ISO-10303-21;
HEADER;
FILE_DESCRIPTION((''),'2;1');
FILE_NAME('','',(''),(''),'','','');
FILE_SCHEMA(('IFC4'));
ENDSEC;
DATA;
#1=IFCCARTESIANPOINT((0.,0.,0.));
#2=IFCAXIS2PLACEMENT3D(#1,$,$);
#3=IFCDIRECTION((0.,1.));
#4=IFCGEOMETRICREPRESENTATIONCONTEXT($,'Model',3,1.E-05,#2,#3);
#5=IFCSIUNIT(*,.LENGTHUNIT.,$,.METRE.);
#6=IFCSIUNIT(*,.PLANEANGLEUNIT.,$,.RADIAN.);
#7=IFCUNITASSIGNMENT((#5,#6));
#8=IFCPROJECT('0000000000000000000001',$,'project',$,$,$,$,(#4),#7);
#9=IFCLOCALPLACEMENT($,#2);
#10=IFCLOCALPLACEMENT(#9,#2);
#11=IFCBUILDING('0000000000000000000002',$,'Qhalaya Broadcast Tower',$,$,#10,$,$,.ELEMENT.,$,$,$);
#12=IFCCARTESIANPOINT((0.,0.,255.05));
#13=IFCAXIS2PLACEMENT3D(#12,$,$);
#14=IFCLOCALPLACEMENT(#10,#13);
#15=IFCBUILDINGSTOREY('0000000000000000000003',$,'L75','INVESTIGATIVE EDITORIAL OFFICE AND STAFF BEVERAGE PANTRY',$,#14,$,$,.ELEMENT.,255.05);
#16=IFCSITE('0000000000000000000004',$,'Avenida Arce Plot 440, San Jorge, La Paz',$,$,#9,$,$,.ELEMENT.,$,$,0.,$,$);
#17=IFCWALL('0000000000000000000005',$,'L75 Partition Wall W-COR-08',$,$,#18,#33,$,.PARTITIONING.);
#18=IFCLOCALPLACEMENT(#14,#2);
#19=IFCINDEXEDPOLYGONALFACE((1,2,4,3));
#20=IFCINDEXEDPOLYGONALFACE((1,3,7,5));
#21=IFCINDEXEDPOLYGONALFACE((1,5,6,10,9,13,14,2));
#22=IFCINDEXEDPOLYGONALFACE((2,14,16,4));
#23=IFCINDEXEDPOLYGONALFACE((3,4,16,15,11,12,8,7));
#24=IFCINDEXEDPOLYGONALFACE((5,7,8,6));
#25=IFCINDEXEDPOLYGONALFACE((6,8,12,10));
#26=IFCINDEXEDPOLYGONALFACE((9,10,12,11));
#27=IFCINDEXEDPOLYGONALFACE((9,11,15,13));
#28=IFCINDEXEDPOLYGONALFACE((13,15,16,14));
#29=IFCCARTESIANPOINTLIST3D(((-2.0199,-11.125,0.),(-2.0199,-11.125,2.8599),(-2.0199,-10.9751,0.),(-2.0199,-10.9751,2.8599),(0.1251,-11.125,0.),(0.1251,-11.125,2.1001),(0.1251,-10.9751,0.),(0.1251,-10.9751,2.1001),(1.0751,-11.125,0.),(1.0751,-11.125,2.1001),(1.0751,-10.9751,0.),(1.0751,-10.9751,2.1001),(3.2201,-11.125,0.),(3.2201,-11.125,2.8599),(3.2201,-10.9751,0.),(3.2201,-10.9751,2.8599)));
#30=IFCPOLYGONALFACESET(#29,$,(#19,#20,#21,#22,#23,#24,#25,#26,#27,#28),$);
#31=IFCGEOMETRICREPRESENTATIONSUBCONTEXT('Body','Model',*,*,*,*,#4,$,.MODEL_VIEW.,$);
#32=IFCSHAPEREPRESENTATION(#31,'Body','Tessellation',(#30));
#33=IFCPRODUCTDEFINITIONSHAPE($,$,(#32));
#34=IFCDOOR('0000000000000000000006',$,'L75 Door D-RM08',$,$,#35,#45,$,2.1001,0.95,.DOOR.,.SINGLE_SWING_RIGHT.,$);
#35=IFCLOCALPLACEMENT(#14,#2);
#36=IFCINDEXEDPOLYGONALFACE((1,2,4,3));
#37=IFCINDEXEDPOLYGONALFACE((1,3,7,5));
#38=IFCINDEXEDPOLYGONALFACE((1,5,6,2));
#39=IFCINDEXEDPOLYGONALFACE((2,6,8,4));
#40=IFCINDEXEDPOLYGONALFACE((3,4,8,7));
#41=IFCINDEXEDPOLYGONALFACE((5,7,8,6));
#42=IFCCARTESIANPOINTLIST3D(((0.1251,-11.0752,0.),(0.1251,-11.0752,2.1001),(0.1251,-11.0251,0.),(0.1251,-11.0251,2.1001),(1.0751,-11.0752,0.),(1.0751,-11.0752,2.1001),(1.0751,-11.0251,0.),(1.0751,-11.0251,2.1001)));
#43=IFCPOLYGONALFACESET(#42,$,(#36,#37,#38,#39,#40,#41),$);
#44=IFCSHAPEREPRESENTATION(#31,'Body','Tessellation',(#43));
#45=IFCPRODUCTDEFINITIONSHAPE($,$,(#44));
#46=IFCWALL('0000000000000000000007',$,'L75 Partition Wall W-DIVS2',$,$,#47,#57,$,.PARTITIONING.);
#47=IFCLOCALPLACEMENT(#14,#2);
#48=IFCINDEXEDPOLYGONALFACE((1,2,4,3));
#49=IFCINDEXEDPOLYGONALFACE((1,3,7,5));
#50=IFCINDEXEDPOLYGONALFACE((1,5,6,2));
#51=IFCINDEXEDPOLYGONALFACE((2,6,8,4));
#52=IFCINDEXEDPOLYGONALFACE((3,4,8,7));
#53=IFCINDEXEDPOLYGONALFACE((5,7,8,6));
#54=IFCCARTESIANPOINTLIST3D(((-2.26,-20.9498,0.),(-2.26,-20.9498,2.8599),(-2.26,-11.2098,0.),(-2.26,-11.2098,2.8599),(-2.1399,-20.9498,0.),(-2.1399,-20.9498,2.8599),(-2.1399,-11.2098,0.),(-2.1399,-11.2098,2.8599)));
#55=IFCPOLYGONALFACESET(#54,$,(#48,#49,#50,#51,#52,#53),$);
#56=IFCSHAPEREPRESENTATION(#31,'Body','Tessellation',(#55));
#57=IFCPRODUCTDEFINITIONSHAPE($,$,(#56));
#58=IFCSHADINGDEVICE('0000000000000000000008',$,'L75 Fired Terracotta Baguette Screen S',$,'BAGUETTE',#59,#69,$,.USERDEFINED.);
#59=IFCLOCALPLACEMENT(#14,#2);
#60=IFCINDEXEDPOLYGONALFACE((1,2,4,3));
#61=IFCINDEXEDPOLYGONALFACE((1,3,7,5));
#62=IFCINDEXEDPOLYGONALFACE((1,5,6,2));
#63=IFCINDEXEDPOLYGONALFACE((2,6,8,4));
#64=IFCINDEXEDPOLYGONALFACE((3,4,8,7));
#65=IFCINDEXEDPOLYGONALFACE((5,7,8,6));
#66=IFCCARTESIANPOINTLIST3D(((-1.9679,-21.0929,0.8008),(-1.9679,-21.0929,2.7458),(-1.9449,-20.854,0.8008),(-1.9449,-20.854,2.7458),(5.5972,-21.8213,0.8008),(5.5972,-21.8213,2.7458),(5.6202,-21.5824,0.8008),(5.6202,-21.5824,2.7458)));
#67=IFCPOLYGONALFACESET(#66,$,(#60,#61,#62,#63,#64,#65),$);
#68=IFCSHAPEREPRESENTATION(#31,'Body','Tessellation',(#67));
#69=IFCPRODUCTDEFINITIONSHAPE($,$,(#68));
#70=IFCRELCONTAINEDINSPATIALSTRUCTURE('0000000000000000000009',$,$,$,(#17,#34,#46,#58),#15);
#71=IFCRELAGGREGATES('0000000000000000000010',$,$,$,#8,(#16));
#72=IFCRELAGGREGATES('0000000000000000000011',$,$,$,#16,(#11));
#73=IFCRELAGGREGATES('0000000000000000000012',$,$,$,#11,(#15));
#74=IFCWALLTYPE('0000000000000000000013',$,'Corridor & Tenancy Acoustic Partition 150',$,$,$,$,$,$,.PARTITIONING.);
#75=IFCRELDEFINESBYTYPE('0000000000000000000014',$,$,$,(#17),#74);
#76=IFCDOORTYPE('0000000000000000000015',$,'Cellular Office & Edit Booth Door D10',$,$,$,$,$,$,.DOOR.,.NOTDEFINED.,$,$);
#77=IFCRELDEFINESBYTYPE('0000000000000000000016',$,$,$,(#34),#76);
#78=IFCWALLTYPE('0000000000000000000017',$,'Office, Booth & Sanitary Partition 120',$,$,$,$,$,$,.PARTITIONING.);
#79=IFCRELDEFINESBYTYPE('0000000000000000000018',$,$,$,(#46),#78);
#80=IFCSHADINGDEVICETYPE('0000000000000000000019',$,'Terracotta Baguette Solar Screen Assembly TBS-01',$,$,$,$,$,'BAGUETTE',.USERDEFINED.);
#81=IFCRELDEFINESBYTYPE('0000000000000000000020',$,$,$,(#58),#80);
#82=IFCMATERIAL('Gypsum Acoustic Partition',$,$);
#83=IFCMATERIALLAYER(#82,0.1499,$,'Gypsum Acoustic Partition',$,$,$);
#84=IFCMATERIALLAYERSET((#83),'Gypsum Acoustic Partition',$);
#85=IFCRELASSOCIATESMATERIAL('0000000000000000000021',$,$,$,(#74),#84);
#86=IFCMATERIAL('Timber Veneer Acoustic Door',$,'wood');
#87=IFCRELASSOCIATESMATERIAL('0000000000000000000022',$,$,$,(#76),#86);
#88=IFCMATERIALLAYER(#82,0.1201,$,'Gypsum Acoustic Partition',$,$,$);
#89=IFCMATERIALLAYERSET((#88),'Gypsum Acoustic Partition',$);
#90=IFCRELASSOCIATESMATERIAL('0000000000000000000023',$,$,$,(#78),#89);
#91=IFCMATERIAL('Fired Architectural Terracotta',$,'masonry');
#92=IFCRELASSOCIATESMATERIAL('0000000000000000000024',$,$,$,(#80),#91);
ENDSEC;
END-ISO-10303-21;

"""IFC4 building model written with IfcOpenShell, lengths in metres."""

from ifc_helpers import new_model, si_unit, direction, frame, frame_2d, origin, origin_2d, place, context, subcontext, project, spatial, rectangle, extrude, material, layer, layer_set, type_object, element, fill, save


model = new_model("IFC4")

# Units and contexts
model_context = context("Model", 3, precision=1e-05, world=origin(), true_north=direction((0.0, 1.0)))
body_context = subcontext(model_context, "Body", "Model", "MODEL_VIEW")
ifc_project = project(units=[si_unit("LENGTHUNIT", "METRE"), si_unit("PLANEANGLEUNIT", "RADIAN")], contexts=[model_context])

# Site, building, storey
site_placement = place(None, origin())
site = spatial("IfcSite", under=ifc_project, at=site_placement, Name="Avenida Arce Plot 440, San Jorge, La Paz", CompositionType="ELEMENT", RefElevation=0.0)
building_placement = place(site_placement, origin())
building = spatial("IfcBuilding", under=site, at=building_placement, Name="Qhalaya Broadcast Tower", CompositionType="ELEMENT")
storey_placement = place(building_placement, frame((0.0, 0.0, 255.05)))
storey = spatial("IfcBuildingStorey", under=building, at=storey_placement, Name="L75", Description="INVESTIGATIVE EDITORIAL OFFICE AND STAFF BEVERAGE PANTRY", CompositionType="ELEMENT", Elevation=255.05)

# Shared definitions
ifc_material_1 = material(Name="Fired Architectural Terracotta", Category="masonry")

# Wall, opening, door
ifc_material_2 = material(Name="Gypsum Acoustic Partition")
ifc_layer_1 = layer(ifc_material_2, 0.1499, Name="Gypsum Acoustic Partition")
ifc_layer_set_1 = layer_set([ifc_layer_1], Name="Gypsum Acoustic Partition")
wall_type_1 = type_object("IfcWallType", Name="Corridor & Tenancy Acoustic Partition 150", PredefinedType="PARTITIONING", material=ifc_layer_set_1)
wall_1_placement = place(storey_placement, frame((-2.02, -11.05, 0.0), z_axis=(0.0, 0.0, 1.0), x_axis=(1.0, 0.0, 0.0)))
wall_1 = element("IfcWall", 1, at=wall_1_placement, inside=storey, type_object=wall_type_1, Name="L75 Partition Wall W-COR-08", PredefinedType="PARTITIONING", context=body_context, shape_type="SweptSolid", body=[
    extrude(rectangle(XDim=5.24, YDim=0.1499, at=frame_2d((2.6201, 0.0))), origin(), (0.0, 0.0, 1.0), 2.8599),
])
opening_placement = place(wall_1_placement, frame((2.145, 0.0, 0.0)))
opening = element("IfcOpeningElement", 2, at=opening_placement, cuts=wall_1, PredefinedType="OPENING", context=body_context, shape_type="SweptSolid", body=[
    extrude(rectangle(XDim=0.95, YDim=2.1001, at=frame_2d((0.4751, 1.05))), frame((0.0, 0.0869, 0.0), z_axis=(0.0, -1.0, 0.0), x_axis=(1.0, 0.0, 0.0)), (0.0, 0.0, 1.0), 0.1738),
])
ifc_material_3 = material(Name="Timber Veneer Acoustic Door", Category="wood")
door_type = type_object("IfcDoorType", Name="Cellular Office & Edit Booth Door D10", OperationType="NOTDEFINED", PredefinedType="DOOR", material=ifc_material_3)
door_placement = place(opening_placement, origin())
door = element("IfcDoor", 3, at=door_placement, inside=storey, type_object=door_type, Name="L75 Door D-RM08", OperationType="SINGLE_SWING_RIGHT", OverallHeight=2.1001, OverallWidth=0.95, PredefinedType="DOOR", context=body_context, shape_type="SweptSolid", body=[
    extrude(rectangle(XDim=0.95, YDim=2.1001, at=frame_2d((0.4751, 1.05))), frame((0.0, 0.0249, 0.0), z_axis=(0.0, -1.0, 0.0), x_axis=(1.0, 0.0, 0.0)), (0.0, 0.0, 1.0), 0.05),
])
fill(opening, door)

# Wall
ifc_layer_2 = layer(ifc_material_2, 0.1201, Name="Gypsum Acoustic Partition")
ifc_layer_set_2 = layer_set([ifc_layer_2], Name="Gypsum Acoustic Partition")
wall_type_2 = type_object("IfcWallType", Name="Office, Booth & Sanitary Partition 120", PredefinedType="PARTITIONING", material=ifc_layer_set_2)
wall_2_placement = place(storey_placement, frame((-2.2, -20.95, 0.0), z_axis=(0.0, 0.0, 1.0), x_axis=(0.0, 1.0, 0.0)))
element("IfcWall", 4, at=wall_2_placement, inside=storey, type_object=wall_type_2, Name="L75 Partition Wall W-DIVS2", PredefinedType="PARTITIONING", context=body_context, shape_type="SweptSolid", body=[
    extrude(rectangle(XDim=9.74, YDim=0.1201, at=frame_2d((4.8701, 0.0))), origin(), (0.0, 0.0, 1.0), 2.8599),
])

# Shading device
shading_device_type = type_object("IfcShadingDeviceType", Name="Terracotta Baguette Solar Screen Assembly TBS-01", ElementType="BAGUETTE", PredefinedType="USERDEFINED", material=ifc_material_1)
shading_device_placement = place(storey_placement, frame((1.8262, -21.3376, 0.8008), z_axis=(0.0, 0.0, 1.0), x_axis=(0.995396, -0.095846, 0.0)))
element("IfcShadingDevice", 5, at=shading_device_placement, inside=storey, type_object=shading_device_type, Name="L75 Fired Terracotta Baguette Screen S", ObjectType="BAGUETTE", PredefinedType="USERDEFINED", context=body_context, shape_type="SweptSolid", body=[
    extrude(rectangle(XDim=7.6001, YDim=0.24, at=origin_2d()), origin(), (0.0, 0.0, 1.0), 1.9451),
])

save(model, "model.ifc")
